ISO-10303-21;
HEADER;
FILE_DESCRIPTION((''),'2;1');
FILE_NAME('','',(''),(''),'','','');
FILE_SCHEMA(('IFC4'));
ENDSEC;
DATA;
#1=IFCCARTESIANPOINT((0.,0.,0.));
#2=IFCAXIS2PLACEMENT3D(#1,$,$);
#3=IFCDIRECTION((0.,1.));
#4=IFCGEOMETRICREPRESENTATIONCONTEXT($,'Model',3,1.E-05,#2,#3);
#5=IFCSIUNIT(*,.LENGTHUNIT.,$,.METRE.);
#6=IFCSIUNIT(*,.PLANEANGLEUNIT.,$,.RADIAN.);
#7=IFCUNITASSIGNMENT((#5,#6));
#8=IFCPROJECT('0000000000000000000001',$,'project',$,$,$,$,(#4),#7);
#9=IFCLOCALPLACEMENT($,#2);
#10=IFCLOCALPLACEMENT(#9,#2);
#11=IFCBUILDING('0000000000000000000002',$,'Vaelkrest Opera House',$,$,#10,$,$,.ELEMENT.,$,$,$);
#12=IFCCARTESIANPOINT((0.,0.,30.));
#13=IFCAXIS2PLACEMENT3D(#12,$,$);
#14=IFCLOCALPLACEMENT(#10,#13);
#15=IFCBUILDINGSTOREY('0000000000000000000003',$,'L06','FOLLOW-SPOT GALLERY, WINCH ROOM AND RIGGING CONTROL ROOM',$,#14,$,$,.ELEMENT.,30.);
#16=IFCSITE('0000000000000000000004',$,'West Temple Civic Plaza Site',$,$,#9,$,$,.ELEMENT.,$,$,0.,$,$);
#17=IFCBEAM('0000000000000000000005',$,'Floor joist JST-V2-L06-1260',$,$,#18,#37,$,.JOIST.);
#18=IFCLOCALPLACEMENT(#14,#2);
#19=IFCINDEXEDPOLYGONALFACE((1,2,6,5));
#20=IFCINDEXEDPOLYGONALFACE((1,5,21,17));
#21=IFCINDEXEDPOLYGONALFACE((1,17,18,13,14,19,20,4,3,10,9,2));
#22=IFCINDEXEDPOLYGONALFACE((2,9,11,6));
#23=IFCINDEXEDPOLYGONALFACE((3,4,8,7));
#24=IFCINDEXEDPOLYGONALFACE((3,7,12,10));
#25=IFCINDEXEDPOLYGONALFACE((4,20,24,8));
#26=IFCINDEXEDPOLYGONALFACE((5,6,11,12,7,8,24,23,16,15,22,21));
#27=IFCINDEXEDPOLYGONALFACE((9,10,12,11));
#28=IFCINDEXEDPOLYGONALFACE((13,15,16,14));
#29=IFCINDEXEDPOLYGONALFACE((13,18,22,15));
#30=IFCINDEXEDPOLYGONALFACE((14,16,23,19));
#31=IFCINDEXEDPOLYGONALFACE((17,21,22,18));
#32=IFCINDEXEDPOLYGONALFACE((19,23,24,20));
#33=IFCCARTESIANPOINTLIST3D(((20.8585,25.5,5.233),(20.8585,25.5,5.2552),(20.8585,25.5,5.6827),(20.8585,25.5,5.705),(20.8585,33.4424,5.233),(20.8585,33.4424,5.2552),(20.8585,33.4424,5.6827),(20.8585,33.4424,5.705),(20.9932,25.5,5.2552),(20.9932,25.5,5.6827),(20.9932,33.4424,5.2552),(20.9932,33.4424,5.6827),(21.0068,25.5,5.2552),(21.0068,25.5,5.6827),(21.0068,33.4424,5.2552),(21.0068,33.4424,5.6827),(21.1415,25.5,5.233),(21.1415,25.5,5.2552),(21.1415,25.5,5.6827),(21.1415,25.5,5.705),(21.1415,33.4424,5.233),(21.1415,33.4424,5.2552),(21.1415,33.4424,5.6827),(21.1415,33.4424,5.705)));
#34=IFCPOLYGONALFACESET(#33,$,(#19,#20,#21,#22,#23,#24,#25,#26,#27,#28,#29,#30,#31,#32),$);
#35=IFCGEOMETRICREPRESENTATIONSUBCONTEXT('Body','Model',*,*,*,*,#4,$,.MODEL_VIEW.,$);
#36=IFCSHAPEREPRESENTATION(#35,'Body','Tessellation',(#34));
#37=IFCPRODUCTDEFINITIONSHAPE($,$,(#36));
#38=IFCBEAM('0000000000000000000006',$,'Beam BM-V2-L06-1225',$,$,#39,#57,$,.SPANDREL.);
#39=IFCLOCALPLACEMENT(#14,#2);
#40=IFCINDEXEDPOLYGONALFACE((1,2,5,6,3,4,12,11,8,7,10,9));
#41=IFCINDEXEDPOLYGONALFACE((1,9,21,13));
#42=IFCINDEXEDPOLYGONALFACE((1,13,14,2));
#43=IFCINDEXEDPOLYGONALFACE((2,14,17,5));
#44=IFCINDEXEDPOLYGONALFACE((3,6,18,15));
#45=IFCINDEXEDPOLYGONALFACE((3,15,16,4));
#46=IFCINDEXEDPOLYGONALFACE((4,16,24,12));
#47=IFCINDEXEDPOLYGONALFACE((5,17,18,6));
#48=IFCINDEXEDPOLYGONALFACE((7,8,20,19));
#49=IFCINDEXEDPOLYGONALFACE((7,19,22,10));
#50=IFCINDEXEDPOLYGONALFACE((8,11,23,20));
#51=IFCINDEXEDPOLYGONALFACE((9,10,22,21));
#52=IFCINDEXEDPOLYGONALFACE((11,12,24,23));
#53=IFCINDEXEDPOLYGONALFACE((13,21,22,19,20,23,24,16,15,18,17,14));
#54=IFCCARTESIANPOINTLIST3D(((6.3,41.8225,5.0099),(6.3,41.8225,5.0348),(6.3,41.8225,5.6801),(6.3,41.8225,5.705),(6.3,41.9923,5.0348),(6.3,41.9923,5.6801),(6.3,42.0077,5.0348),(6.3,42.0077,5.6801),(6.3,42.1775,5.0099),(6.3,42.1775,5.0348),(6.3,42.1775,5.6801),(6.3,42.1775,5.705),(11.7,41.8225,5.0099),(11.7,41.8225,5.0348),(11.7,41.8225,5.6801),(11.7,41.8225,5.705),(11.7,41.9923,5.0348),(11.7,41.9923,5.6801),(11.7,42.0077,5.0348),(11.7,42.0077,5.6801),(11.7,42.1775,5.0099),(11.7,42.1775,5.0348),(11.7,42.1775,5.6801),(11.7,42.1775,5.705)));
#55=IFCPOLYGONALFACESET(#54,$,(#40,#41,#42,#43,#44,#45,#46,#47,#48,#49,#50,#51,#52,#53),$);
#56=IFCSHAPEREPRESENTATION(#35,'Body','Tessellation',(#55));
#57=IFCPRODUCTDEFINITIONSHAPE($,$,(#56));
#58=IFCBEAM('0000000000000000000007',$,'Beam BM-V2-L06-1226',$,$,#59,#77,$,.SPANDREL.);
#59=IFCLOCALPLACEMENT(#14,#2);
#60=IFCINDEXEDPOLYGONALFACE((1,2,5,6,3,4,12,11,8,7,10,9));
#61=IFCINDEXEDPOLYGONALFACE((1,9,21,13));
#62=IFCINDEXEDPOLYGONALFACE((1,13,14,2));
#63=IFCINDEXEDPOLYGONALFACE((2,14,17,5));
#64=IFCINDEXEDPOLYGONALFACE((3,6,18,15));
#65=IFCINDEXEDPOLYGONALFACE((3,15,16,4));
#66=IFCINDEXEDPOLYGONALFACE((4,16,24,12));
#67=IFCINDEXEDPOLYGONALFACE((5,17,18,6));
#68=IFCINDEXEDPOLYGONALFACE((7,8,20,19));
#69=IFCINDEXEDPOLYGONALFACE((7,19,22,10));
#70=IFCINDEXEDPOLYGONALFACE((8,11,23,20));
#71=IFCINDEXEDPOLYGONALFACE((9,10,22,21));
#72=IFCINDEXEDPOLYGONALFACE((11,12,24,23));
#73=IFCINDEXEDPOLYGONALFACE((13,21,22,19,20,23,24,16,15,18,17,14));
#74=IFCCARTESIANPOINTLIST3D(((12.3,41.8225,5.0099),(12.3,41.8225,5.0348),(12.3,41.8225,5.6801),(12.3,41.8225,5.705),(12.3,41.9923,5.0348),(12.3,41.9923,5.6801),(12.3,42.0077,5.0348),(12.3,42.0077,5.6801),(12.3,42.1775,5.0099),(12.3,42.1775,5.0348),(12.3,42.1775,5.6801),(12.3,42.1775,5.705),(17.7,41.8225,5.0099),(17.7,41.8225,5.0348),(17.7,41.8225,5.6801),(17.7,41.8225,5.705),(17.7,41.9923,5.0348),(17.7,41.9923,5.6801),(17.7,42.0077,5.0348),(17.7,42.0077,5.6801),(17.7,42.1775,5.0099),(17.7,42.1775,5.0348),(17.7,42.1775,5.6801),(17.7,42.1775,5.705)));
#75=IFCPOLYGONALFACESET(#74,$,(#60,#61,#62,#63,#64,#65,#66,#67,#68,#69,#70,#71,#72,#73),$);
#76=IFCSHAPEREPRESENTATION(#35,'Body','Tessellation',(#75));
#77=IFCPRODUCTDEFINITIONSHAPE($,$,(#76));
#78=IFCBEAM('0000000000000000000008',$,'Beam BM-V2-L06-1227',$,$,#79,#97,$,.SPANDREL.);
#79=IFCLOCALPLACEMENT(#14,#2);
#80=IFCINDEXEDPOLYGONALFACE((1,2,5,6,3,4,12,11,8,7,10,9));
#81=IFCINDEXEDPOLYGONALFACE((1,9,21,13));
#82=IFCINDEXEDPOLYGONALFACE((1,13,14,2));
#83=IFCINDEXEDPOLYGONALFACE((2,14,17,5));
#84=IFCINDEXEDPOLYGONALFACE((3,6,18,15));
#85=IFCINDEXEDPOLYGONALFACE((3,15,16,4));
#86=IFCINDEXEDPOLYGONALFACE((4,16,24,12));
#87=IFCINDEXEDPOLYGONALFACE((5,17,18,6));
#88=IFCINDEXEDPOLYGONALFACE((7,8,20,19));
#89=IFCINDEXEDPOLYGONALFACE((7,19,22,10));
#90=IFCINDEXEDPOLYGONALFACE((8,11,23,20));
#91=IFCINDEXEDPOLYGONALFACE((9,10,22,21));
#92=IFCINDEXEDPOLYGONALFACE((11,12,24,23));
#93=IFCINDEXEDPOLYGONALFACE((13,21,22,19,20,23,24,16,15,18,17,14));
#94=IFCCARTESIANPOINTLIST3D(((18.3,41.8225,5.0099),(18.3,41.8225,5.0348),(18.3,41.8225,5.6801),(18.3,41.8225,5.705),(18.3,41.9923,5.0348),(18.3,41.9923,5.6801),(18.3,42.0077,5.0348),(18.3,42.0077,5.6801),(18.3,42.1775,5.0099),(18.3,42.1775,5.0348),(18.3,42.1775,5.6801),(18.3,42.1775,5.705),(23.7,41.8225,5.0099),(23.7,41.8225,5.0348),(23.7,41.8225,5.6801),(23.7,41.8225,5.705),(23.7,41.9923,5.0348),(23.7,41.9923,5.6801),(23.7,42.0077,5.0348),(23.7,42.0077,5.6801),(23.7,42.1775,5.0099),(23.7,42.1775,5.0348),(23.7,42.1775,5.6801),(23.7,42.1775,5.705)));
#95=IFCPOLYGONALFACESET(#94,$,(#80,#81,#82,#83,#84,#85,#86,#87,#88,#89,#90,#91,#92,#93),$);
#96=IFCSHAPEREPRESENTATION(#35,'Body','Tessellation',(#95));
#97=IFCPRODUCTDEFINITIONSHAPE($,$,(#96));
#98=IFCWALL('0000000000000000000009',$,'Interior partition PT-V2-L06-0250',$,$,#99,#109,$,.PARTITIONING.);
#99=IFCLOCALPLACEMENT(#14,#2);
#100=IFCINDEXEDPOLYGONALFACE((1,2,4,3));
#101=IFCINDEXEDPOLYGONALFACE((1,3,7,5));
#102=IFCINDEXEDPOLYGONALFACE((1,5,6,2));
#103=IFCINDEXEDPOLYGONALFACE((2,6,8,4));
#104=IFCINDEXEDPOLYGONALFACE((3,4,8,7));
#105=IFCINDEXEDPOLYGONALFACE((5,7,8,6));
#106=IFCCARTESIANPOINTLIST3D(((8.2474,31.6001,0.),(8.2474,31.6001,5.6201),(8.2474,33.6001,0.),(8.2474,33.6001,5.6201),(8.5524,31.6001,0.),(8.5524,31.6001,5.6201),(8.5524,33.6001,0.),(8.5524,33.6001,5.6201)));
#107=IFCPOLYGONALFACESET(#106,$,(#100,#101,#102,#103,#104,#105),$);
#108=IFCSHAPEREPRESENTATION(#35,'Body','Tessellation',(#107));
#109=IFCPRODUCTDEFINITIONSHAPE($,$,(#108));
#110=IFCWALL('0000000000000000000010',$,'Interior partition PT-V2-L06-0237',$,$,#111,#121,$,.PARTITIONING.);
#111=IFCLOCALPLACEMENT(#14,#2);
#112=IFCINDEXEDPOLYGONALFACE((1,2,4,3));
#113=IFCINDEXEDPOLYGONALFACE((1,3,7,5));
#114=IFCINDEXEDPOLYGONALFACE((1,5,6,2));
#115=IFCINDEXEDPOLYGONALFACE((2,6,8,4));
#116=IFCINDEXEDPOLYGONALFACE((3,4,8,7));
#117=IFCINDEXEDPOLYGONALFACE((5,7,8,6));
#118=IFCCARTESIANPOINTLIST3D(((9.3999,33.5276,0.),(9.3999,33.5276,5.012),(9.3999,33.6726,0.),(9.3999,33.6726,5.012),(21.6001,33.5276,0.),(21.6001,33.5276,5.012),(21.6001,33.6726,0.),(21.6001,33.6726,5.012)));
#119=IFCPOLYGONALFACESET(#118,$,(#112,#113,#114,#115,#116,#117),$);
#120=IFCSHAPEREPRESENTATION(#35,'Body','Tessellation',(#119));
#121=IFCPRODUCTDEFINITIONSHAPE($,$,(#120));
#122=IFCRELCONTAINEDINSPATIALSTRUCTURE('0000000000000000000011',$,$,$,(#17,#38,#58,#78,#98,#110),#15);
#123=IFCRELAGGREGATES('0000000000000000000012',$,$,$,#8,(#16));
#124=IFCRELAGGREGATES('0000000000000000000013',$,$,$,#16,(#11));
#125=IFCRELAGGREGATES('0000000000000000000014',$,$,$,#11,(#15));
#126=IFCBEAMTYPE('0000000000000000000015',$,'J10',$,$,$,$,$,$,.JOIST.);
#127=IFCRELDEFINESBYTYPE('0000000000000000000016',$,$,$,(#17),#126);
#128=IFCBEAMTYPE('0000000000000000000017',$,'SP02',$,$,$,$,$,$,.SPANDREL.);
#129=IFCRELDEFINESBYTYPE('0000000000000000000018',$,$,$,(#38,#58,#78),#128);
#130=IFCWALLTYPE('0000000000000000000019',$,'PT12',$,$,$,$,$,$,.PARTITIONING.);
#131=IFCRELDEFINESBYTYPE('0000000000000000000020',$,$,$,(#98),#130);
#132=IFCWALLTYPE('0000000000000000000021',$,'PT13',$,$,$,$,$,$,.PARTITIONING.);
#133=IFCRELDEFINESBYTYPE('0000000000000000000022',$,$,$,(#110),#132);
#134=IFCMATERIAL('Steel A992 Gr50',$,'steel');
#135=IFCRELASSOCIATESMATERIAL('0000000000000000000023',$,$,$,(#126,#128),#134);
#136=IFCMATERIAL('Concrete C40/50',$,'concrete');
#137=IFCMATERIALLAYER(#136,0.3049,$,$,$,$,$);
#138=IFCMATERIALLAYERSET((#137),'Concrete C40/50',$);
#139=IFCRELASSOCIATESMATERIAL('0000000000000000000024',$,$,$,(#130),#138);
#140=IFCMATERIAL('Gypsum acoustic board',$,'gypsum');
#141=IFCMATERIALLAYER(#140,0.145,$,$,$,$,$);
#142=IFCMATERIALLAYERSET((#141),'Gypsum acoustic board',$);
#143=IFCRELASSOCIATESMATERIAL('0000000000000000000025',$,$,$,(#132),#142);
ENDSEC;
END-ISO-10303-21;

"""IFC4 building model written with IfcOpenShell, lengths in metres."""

from ifc_helpers import new_model, si_unit, direction, frame, frame_2d, origin, origin_2d, place, context, subcontext, project, spatial, rectangle, i_section, extrude, material, layer, layer_set, material_profile, profile_set, type_object, element, save


model = new_model("IFC4")

# Units and contexts
model_context = context("Model", 3, precision=1e-05, world=origin(), true_north=direction((0.0, 1.0)))
body_context = subcontext(model_context, "Body", "Model", "MODEL_VIEW")
ifc_project = project(units=[si_unit("LENGTHUNIT", "METRE"), si_unit("PLANEANGLEUNIT", "RADIAN")], contexts=[model_context])

# Site, building, storey
site_placement = place(None, origin())
site = spatial("IfcSite", under=ifc_project, at=site_placement, Name="West Temple Civic Plaza Site", CompositionType="ELEMENT", RefElevation=0.0)
building_placement = place(site_placement, origin())
building = spatial("IfcBuilding", under=site, at=building_placement, Name="Vaelkrest Opera House", CompositionType="ELEMENT")
storey_placement = place(building_placement, frame((0.0, 0.0, 30.0)))
storey = spatial("IfcBuildingStorey", under=building, at=storey_placement, Name="L06", Description="FOLLOW-SPOT GALLERY, WINCH ROOM AND RIGGING CONTROL ROOM", CompositionType="ELEMENT", Elevation=30.0)

# Beams
ifc_material_1 = material(Name="Steel A992 Gr50", Category="steel")
ifc_material_profile_1 = material_profile(ifc_material_1, i_section(OverallWidth=0.283, OverallDepth=0.4719, WebThickness=0.0137, FlangeThickness=0.0222, at=origin_2d()), Name="W18X97")
ifc_profile_set_1 = profile_set([ifc_material_profile_1], Name="Steel A992 Gr50")
beam_type_1 = type_object("IfcBeamType", Name="J10", PredefinedType="JOIST", material=ifc_profile_set_1)
beam_1_placement = place(storey_placement, frame((21.0, 25.5, 5.469), z_axis=(0.0, 1.0, 0.0), x_axis=(-1.0, 0.0, 0.0)))
element("IfcBeam", 1, at=beam_1_placement, inside=storey, type_object=beam_type_1, Name="Floor joist JST-V2-L06-1260", PredefinedType="JOIST", context=body_context, shape_type="SweptSolid", body=[
    extrude(i_section(OverallWidth=0.283, OverallDepth=0.4719, WebThickness=0.0137, FlangeThickness=0.0222, at=origin_2d()), origin(), (0.0, 0.0, 1.0), 7.9424),
])
ifc_material_profile_2 = material_profile(ifc_material_1, i_section(OverallWidth=0.355, OverallDepth=0.6951, WebThickness=0.0154, FlangeThickness=0.0249, at=origin_2d()), Name="W27X146")
ifc_profile_set_2 = profile_set([ifc_material_profile_2], Name="Steel A992 Gr50")
beam_type_2 = type_object("IfcBeamType", Name="SP02", PredefinedType="SPANDREL", material=ifc_profile_set_2)
for number, where, z_axis, x_axis, name in (
    (2, (6.3, 42.0, 5.3574), (1.0, 0.0, 0.0), (0.0, 1.0, 0.0), "Beam BM-V2-L06-1225"),
    (3, (12.3, 42.0, 5.3574), (1.0, 0.0, 0.0), (0.0, 1.0, 0.0), "Beam BM-V2-L06-1226"),
    (4, (18.3, 42.0, 5.3574), (1.0, 0.0, 0.0), (0.0, 1.0, 0.0), "Beam BM-V2-L06-1227"),
):
    element("IfcBeam", number, at=place(storey_placement, frame(where, z_axis=z_axis, x_axis=x_axis)), inside=storey, type_object=beam_type_2, Name=name, PredefinedType="SPANDREL", context=body_context, shape_type="SweptSolid", body=[
        extrude(i_section(OverallWidth=0.355, OverallDepth=0.6951, WebThickness=0.0154, FlangeThickness=0.0249, at=origin_2d()), origin(), (0.0, 0.0, 1.0), 5.3999),
    ])

# Walls
ifc_material_2 = material(Name="Concrete C40/50", Category="concrete")
ifc_layer_1 = layer(ifc_material_2, 0.3049)
ifc_layer_set_1 = layer_set([ifc_layer_1], Name="Concrete C40/50")
wall_type_1 = type_object("IfcWallType", Name="PT12", PredefinedType="PARTITIONING", material=ifc_layer_set_1)
wall_1_placement = place(storey_placement, frame((8.3999, 31.6001, 0.0), z_axis=(0.0, 0.0, 1.0), x_axis=(0.0, 1.0, 0.0)))
element("IfcWall", 5, at=wall_1_placement, inside=storey, type_object=wall_type_1, Name="Interior partition PT-V2-L06-0250", PredefinedType="PARTITIONING", context=body_context, shape_type="SweptSolid", body=[
    extrude(rectangle(XDim=2.0, YDim=0.3049, at=frame_2d((1.0, 0.0))), origin(), (0.0, 0.0, 1.0), 5.6201),
])
ifc_material_3 = material(Name="Gypsum acoustic board", Category="gypsum")
ifc_layer_2 = layer(ifc_material_3, 0.145)
ifc_layer_set_2 = layer_set([ifc_layer_2], Name="Gypsum acoustic board")
wall_type_2 = type_object("IfcWallType", Name="PT13", PredefinedType="PARTITIONING", material=ifc_layer_set_2)
wall_2_placement = place(storey_placement, frame((9.3999, 33.6001, 0.0), z_axis=(0.0, 0.0, 1.0), x_axis=(1.0, 0.0, 0.0)))
element("IfcWall", 6, at=wall_2_placement, inside=storey, type_object=wall_type_2, Name="Interior partition PT-V2-L06-0237", PredefinedType="PARTITIONING", context=body_context, shape_type="SweptSolid", body=[
    extrude(rectangle(XDim=12.2002, YDim=0.145, at=frame_2d((6.1001, 0.0))), origin(), (0.0, 0.0, 1.0), 5.012),
])

save(model, "model.ifc")
